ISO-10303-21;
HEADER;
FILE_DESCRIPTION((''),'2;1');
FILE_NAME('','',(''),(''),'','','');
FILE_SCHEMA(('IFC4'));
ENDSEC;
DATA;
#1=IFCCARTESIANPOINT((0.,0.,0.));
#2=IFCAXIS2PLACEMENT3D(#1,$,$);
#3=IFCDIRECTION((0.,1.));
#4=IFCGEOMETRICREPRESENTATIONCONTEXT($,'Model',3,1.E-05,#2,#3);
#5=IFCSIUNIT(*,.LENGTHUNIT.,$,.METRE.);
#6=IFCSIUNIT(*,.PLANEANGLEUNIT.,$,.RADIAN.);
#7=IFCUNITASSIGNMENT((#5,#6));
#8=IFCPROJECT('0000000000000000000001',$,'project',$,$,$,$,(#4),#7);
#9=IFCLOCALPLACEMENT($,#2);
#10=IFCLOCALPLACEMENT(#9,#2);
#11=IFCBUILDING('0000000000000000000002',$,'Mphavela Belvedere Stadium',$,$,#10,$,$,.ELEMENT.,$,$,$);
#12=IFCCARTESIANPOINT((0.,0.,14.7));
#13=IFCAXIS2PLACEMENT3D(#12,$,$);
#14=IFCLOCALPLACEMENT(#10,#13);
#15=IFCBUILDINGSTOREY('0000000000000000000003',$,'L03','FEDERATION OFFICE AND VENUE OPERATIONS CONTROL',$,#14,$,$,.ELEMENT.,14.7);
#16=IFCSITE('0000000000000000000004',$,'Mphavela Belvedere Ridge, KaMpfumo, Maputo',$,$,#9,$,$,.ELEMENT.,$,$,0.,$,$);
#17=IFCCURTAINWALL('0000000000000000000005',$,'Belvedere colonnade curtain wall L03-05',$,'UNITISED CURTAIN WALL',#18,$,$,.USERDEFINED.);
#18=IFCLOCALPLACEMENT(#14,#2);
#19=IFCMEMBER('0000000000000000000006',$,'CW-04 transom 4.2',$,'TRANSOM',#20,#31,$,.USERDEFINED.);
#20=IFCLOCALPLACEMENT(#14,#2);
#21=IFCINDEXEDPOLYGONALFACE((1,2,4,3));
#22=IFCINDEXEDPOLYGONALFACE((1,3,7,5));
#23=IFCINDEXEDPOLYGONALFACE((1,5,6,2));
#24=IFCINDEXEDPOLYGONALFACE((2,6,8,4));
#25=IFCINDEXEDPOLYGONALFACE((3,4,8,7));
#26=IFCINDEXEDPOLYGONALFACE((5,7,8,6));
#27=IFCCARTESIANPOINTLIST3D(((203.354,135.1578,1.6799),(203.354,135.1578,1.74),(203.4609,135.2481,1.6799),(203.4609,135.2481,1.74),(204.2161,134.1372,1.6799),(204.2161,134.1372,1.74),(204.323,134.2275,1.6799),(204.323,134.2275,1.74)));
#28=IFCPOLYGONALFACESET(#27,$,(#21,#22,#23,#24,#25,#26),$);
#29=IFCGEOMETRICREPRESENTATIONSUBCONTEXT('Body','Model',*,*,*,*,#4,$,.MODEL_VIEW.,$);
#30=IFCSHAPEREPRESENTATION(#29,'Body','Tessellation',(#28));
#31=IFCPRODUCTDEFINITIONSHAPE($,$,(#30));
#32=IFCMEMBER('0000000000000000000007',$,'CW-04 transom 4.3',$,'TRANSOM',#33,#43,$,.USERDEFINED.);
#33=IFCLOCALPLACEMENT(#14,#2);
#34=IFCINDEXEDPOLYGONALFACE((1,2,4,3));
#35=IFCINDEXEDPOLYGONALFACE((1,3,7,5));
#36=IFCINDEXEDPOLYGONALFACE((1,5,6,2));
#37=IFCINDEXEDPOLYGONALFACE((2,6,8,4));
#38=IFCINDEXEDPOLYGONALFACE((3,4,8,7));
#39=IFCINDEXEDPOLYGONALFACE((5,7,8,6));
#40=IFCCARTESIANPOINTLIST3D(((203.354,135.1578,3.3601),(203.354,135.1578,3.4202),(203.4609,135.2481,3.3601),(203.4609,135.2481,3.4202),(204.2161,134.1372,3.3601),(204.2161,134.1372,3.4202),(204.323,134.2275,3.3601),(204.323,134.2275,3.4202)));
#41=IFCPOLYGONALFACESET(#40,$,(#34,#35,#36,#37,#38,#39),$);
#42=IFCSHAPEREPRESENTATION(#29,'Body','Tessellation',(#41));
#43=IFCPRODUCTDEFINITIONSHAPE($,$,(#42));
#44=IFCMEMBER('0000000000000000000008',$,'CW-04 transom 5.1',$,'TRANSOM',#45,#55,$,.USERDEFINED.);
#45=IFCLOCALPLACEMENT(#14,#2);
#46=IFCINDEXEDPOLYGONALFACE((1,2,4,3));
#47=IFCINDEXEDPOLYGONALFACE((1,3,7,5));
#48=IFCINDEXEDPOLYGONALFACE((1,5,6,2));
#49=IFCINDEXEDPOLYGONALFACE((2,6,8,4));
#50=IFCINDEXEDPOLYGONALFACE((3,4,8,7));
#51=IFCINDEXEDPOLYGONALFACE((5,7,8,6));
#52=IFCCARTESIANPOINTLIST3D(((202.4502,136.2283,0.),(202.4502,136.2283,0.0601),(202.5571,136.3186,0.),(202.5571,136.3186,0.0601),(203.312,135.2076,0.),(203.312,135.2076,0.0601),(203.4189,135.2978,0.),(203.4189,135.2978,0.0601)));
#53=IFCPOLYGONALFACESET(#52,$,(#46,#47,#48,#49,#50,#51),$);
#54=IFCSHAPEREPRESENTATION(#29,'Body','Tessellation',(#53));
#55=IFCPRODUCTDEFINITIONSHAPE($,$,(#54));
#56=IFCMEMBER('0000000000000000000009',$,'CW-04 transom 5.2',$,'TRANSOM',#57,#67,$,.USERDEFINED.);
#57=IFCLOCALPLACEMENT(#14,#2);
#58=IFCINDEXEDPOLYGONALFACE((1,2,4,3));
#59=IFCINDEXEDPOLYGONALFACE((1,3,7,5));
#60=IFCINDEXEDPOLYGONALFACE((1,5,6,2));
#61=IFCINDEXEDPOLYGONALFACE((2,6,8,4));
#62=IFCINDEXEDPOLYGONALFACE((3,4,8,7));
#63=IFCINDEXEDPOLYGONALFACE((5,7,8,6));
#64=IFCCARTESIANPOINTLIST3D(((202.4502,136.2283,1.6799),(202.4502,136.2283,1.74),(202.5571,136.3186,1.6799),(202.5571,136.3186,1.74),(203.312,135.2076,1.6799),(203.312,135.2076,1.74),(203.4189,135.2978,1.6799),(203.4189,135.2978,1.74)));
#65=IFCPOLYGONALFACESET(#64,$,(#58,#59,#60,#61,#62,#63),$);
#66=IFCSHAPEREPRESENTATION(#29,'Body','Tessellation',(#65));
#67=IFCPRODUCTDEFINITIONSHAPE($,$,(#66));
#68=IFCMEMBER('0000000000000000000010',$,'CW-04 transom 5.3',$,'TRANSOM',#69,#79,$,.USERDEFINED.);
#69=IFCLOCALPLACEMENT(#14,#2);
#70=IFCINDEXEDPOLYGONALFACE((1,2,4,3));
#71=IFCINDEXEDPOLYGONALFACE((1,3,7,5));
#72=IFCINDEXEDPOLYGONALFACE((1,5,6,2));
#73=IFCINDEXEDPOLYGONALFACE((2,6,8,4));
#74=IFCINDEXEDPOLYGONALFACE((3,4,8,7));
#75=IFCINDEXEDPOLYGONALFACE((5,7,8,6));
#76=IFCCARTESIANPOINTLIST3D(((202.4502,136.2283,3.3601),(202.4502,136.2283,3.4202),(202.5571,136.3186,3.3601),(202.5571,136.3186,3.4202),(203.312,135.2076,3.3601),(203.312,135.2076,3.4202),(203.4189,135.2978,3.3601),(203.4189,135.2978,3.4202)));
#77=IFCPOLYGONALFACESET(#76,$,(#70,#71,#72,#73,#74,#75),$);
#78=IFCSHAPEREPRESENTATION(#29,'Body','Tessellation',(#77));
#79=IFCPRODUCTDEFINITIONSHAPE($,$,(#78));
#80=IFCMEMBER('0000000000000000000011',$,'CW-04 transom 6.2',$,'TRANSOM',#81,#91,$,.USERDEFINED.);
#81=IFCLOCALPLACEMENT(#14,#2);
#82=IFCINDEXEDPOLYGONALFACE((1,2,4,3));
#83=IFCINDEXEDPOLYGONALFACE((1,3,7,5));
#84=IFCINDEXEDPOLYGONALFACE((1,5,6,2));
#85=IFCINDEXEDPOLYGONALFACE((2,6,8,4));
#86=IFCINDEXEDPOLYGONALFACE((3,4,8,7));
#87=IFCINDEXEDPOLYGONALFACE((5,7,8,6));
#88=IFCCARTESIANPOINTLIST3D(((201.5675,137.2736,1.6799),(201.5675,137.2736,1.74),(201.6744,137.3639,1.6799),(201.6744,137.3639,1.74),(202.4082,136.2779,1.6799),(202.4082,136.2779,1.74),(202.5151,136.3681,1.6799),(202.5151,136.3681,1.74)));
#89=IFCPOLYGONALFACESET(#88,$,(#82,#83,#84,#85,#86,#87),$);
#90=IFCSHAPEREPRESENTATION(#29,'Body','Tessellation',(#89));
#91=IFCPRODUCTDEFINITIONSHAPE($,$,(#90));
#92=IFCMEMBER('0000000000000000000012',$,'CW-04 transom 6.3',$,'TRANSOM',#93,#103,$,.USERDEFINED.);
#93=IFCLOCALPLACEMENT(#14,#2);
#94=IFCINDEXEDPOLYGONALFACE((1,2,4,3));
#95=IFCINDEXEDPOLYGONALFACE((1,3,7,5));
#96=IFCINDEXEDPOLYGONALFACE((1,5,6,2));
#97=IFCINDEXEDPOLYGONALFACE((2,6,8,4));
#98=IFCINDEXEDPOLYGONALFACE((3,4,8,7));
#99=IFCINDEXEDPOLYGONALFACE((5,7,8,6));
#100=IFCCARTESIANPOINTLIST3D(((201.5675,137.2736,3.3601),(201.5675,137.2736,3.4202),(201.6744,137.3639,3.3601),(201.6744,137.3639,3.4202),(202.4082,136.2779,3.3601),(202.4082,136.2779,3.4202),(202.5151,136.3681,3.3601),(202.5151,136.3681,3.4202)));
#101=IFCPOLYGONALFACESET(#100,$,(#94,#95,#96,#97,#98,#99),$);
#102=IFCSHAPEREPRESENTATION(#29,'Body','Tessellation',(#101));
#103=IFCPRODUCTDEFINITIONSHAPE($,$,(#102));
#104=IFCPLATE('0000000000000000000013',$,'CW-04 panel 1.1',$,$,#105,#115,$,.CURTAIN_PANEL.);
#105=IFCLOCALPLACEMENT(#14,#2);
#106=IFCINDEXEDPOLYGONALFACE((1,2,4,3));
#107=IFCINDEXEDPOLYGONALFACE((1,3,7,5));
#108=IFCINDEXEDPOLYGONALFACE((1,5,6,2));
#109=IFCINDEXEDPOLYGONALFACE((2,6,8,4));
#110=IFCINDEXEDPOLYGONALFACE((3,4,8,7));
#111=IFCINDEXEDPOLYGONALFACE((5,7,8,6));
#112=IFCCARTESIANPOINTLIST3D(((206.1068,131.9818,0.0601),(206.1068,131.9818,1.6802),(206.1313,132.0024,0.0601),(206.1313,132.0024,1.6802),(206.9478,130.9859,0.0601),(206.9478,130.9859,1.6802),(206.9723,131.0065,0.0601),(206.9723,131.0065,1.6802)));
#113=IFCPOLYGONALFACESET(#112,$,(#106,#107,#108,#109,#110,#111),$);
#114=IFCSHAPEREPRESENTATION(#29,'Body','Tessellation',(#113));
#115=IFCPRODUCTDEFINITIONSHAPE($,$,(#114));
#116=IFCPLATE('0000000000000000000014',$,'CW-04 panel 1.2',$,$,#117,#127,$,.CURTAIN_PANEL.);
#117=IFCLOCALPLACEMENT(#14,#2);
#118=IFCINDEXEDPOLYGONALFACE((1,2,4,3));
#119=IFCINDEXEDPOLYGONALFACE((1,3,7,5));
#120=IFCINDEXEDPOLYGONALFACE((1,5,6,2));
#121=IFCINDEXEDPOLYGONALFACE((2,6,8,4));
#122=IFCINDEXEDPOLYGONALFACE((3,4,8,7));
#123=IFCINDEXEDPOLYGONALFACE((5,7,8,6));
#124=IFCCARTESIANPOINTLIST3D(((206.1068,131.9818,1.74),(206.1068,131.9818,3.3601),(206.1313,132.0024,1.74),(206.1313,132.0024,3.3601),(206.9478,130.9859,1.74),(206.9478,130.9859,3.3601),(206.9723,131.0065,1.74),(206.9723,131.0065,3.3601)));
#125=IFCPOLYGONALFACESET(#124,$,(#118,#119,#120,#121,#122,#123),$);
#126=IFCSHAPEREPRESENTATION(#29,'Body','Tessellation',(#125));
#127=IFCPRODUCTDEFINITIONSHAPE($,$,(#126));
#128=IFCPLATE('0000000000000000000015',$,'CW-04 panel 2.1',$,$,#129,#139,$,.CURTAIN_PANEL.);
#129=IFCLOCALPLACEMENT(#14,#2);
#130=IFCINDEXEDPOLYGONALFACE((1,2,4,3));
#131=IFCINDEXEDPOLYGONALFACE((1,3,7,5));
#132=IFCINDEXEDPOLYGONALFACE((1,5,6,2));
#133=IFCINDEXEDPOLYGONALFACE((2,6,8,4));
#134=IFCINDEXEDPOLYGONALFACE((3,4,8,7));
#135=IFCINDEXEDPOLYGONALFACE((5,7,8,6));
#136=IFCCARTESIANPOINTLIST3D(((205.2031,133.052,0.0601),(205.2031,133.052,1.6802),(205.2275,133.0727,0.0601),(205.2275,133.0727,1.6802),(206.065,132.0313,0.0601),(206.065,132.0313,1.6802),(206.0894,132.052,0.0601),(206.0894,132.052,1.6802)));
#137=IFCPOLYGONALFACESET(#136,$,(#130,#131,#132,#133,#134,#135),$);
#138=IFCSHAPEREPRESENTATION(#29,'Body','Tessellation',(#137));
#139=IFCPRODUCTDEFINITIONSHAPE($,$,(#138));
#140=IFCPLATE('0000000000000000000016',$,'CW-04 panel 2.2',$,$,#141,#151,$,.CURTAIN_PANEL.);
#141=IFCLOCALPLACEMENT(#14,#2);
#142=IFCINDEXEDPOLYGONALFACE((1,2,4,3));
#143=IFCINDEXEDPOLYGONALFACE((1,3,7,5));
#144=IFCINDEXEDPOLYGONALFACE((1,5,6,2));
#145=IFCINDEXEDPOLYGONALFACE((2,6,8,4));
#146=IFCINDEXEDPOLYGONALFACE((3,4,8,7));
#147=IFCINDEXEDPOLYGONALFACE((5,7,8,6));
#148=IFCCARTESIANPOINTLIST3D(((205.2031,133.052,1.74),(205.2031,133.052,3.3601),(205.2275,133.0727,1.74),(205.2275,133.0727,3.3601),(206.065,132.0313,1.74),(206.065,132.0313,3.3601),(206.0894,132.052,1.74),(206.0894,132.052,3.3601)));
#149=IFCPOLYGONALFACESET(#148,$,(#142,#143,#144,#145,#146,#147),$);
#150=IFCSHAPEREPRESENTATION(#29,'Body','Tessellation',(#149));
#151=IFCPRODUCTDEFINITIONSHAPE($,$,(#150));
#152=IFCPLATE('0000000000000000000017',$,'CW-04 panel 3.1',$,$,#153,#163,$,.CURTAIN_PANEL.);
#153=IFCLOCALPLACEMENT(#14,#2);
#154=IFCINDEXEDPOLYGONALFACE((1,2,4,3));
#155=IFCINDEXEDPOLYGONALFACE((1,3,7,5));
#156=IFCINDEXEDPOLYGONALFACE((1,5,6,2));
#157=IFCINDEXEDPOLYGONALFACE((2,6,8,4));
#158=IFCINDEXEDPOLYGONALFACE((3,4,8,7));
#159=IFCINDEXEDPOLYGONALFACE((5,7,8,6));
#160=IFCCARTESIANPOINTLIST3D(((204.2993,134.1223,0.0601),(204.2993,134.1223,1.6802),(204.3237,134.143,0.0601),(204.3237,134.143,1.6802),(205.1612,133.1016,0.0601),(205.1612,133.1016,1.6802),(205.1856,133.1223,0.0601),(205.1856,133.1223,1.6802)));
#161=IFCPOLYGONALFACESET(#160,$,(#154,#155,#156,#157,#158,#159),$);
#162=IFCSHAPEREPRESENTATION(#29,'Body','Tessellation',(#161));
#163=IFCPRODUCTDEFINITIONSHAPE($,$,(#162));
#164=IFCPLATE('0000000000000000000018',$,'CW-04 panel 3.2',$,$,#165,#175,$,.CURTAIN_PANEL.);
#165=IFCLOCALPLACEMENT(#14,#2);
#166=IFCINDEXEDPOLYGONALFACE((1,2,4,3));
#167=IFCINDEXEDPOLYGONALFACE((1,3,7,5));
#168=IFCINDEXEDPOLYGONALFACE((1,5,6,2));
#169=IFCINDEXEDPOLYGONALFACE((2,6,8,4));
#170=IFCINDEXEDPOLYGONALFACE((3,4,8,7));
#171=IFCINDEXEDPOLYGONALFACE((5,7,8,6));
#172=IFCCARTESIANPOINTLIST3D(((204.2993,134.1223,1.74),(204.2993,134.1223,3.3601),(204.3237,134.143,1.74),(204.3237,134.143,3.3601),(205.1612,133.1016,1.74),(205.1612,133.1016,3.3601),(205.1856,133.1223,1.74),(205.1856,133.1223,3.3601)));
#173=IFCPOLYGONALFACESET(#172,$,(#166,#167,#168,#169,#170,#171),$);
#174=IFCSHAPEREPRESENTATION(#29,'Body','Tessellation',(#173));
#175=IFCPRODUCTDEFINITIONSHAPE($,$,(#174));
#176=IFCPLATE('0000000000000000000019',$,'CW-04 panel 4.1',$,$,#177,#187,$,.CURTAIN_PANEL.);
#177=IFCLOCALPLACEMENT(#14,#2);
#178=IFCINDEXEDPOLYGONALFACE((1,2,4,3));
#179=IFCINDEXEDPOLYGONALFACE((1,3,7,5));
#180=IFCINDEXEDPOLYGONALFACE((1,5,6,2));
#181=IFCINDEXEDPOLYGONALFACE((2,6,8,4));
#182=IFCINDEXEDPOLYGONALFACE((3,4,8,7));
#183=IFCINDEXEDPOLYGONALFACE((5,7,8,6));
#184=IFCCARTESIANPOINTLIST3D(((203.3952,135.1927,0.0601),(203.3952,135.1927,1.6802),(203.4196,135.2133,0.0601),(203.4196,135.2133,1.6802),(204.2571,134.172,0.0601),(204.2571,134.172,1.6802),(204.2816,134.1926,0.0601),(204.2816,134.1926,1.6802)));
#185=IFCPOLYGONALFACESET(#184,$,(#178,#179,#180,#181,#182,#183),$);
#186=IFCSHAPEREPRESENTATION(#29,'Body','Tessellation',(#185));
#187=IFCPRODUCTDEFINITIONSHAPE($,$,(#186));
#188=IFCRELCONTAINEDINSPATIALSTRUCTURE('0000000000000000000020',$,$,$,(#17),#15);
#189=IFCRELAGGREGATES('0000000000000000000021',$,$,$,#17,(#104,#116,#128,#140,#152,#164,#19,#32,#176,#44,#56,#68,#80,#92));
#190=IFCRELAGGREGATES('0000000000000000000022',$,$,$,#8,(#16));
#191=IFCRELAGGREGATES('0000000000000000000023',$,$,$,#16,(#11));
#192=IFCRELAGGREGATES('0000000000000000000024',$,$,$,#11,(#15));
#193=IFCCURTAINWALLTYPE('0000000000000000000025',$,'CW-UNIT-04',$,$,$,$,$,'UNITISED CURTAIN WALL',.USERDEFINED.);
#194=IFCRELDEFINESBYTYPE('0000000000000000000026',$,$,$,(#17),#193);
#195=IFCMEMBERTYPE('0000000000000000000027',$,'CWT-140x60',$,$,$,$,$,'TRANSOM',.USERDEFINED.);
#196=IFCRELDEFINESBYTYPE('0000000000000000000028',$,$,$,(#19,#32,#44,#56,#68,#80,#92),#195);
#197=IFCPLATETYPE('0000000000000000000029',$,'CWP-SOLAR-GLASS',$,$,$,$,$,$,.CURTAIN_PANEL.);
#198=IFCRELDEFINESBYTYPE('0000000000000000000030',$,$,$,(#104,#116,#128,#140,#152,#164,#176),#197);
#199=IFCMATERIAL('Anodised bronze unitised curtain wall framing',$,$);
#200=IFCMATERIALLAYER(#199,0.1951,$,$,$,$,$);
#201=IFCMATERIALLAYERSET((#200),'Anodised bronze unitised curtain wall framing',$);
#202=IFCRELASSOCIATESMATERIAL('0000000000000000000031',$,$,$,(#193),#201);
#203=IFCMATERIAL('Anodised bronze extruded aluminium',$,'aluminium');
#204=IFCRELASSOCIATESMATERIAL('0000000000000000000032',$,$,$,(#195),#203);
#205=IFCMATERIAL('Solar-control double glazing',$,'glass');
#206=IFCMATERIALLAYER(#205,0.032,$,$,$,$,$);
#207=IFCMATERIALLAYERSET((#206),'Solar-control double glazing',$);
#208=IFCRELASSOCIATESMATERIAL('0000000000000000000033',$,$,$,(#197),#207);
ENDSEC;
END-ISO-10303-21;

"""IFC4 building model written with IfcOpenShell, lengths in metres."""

from ifc_helpers import new_model, si_unit, direction, frame, origin, origin_2d, place, context, subcontext, project, spatial, rectangle, extrude, material, layer, layer_set, material_profile, profile_set, type_object, element, aggregate, save


model = new_model("IFC4")

# Units and contexts
model_context = context("Model", 3, precision=1e-05, world=origin(), true_north=direction((0.0, 1.0)))
body_context = subcontext(model_context, "Body", "Model", "MODEL_VIEW")
ifc_project = project(units=[si_unit("LENGTHUNIT", "METRE"), si_unit("PLANEANGLEUNIT", "RADIAN")], contexts=[model_context])

# Site, building, storey
site_placement = place(None, origin())
site = spatial("IfcSite", under=ifc_project, at=site_placement, Name="Mphavela Belvedere Ridge, KaMpfumo, Maputo", CompositionType="ELEMENT", RefElevation=0.0)
building_placement = place(site_placement, origin())
building = spatial("IfcBuilding", under=site, at=building_placement, Name="Mphavela Belvedere Stadium", CompositionType="ELEMENT")
storey_placement = place(building_placement, frame((0.0, 0.0, 14.7)))
storey = spatial("IfcBuildingStorey", under=building, at=storey_placement, Name="L03", Description="FEDERATION OFFICE AND VENUE OPERATIONS CONTROL", CompositionType="ELEMENT", Elevation=14.7)

# Curtain wall, members, plates
ifc_material_1 = material(Name="Anodised bronze unitised curtain wall framing")
ifc_layer_1 = layer(ifc_material_1, 0.1951)
ifc_layer_set_1 = layer_set([ifc_layer_1], Name="Anodised bronze unitised curtain wall framing")
curtain_wall_type = type_object("IfcCurtainWallType", Name="CW-UNIT-04", ElementType="UNITISED CURTAIN WALL", PredefinedType="USERDEFINED", material=ifc_layer_set_1)
curtain_wall_placement = place(storey_placement, origin())
curtain_wall = element("IfcCurtainWall", 1, at=curtain_wall_placement, inside=storey, type_object=curtain_wall_type, Name="Belvedere colonnade curtain wall L03-05", ObjectType="UNITISED CURTAIN WALL", PredefinedType="USERDEFINED")
ifc_material_2 = material(Name="Anodised bronze extruded aluminium", Category="aluminium")
ifc_material_profile_1 = material_profile(ifc_material_2, rectangle(XDim=0.1399, YDim=0.0601, at=origin_2d()), Name="CW-TRN 140x60")
ifc_profile_set_1 = profile_set([ifc_material_profile_1], Name="Anodised bronze extruded aluminium")
member_type_1 = type_object("IfcMemberType", Name="CWT-140x60", ElementType="TRANSOM", PredefinedType="USERDEFINED", material=ifc_profile_set_1)
member_1_placement = place(storey_placement, frame((204.2695, 134.1824, 1.71), z_axis=(-0.645311, 0.76392, 0.0), x_axis=(-0.76392, -0.645311, 0.0)))
member_1 = element("IfcMember", 2, at=member_1_placement, type_object=member_type_1, Name="CW-04 transom 4.2", ObjectType="TRANSOM", PredefinedType="USERDEFINED", context=body_context, shape_type="SweptSolid", body=[
    extrude(rectangle(XDim=0.1399, YDim=0.0601, at=origin_2d()), origin(), (0.0, 0.0, 1.0), 1.3359),
])
member_2_placement = place(storey_placement, frame((204.2695, 134.1824, 3.3901), z_axis=(-0.645311, 0.76392, 0.0), x_axis=(-0.76392, -0.645311, 0.0)))
member_2 = element("IfcMember", 3, at=member_2_placement, type_object=member_type_1, Name="CW-04 transom 4.3", ObjectType="TRANSOM", PredefinedType="USERDEFINED", context=body_context, shape_type="SweptSolid", body=[
    extrude(rectangle(XDim=0.1399, YDim=0.0601, at=origin_2d()), origin(), (0.0, 0.0, 1.0), 1.3359),
])
member_3_placement = place(storey_placement, frame((203.3655, 135.2527, 0.03), z_axis=(-0.645114, 0.764086, 0.0), x_axis=(-0.764086, -0.645114, 0.0)))
member_3 = element("IfcMember", 4, at=member_3_placement, type_object=member_type_1, Name="CW-04 transom 5.1", ObjectType="TRANSOM", PredefinedType="USERDEFINED", context=body_context, shape_type="SweptSolid", body=[
    extrude(rectangle(XDim=0.1399, YDim=0.0601, at=origin_2d()), origin(), (0.0, 0.0, 1.0), 1.3359),
])
member_4_placement = place(storey_placement, frame((203.3655, 135.2527, 1.71), z_axis=(-0.645114, 0.764086, 0.0), x_axis=(-0.764086, -0.645114, 0.0)))
member_4 = element("IfcMember", 5, at=member_4_placement, type_object=member_type_1, Name="CW-04 transom 5.2", ObjectType="TRANSOM", PredefinedType="USERDEFINED", context=body_context, shape_type="SweptSolid", body=[
    extrude(rectangle(XDim=0.1399, YDim=0.0601, at=origin_2d()), origin(), (0.0, 0.0, 1.0), 1.3359),
])
member_5_placement = place(storey_placement, frame((203.3655, 135.2527, 3.3901), z_axis=(-0.645114, 0.764086, 0.0), x_axis=(-0.764086, -0.645114, 0.0)))
member_5 = element("IfcMember", 6, at=member_5_placement, type_object=member_type_1, Name="CW-04 transom 5.3", ObjectType="TRANSOM", PredefinedType="USERDEFINED", context=body_context, shape_type="SweptSolid", body=[
    extrude(rectangle(XDim=0.1399, YDim=0.0601, at=origin_2d()), origin(), (0.0, 0.0, 1.0), 1.3359),
])
member_6_placement = place(storey_placement, frame((202.4617, 136.323, 1.71), z_axis=(-0.645127, 0.764075, 0.0), x_axis=(-0.764075, -0.645127, 0.0)))
member_6 = element("IfcMember", 7, at=member_6_placement, type_object=member_type_1, Name="CW-04 transom 6.2", ObjectType="TRANSOM", PredefinedType="USERDEFINED", context=body_context, shape_type="SweptSolid", body=[
    extrude(rectangle(XDim=0.1399, YDim=0.0601, at=origin_2d()), origin(), (0.0, 0.0, 1.0), 1.3032),
])
member_7_placement = place(storey_placement, frame((202.4617, 136.323, 3.3901), z_axis=(-0.645127, 0.764075, 0.0), x_axis=(-0.764075, -0.645127, 0.0)))
member_7 = element("IfcMember", 8, at=member_7_placement, type_object=member_type_1, Name="CW-04 transom 6.3", ObjectType="TRANSOM", PredefinedType="USERDEFINED", context=body_context, shape_type="SweptSolid", body=[
    extrude(rectangle(XDim=0.1399, YDim=0.0601, at=origin_2d()), origin(), (0.0, 0.0, 1.0), 1.3032),
])
ifc_material_3 = material(Name="Solar-control double glazing", Category="glass")
ifc_layer_2 = layer(ifc_material_3, 0.032)
ifc_layer_set_2 = layer_set([ifc_layer_2], Name="Solar-control double glazing")
plate_type = type_object("IfcPlateType", Name="CWP-SOLAR-GLASS", PredefinedType="CURTAIN_PANEL", material=ifc_layer_set_2)
plate_1_placement = place(storey_placement, frame((206.5396, 131.4941, 0.0601), z_axis=(0.0, 0.0, 1.0), x_axis=(-0.645179, 0.764031, 0.0)))
plate_1 = element("IfcPlate", 9, at=plate_1_placement, type_object=plate_type, Name="CW-04 panel 1.1", PredefinedType="CURTAIN_PANEL", context=body_context, shape_type="SweptSolid", body=[
    extrude(rectangle(XDim=1.3035, YDim=0.032, at=origin_2d()), origin(), (0.0, 0.0, 1.0), 1.6201),
])
plate_2_placement = place(storey_placement, frame((206.5396, 131.4941, 1.74), z_axis=(0.0, 0.0, 1.0), x_axis=(-0.645179, 0.764031, 0.0)))
plate_2 = element("IfcPlate", 10, at=plate_2_placement, type_object=plate_type, Name="CW-04 panel 1.2", PredefinedType="CURTAIN_PANEL", context=body_context, shape_type="SweptSolid", body=[
    extrude(rectangle(XDim=1.3035, YDim=0.032, at=origin_2d()), origin(), (0.0, 0.0, 1.0), 1.6201),
])
plate_3_placement = place(storey_placement, frame((205.6462, 132.552, 0.0601), z_axis=(0.0, 0.0, 1.0), x_axis=(-0.645179, 0.764031, 0.0)))
plate_3 = element("IfcPlate", 11, at=plate_3_placement, type_object=plate_type, Name="CW-04 panel 2.1", PredefinedType="CURTAIN_PANEL", context=body_context, shape_type="SweptSolid", body=[
    extrude(rectangle(XDim=1.3359, YDim=0.032, at=origin_2d()), origin(), (0.0, 0.0, 1.0), 1.6201),
])
plate_4_placement = place(storey_placement, frame((205.6462, 132.552, 1.74), z_axis=(0.0, 0.0, 1.0), x_axis=(-0.645179, 0.764031, 0.0)))
plate_4 = element("IfcPlate", 12, at=plate_4_placement, type_object=plate_type, Name="CW-04 panel 2.2", PredefinedType="CURTAIN_PANEL", context=body_context, shape_type="SweptSolid", body=[
    extrude(rectangle(XDim=1.3359, YDim=0.032, at=origin_2d()), origin(), (0.0, 0.0, 1.0), 1.6201),
])
plate_5_placement = place(storey_placement, frame((204.7424, 133.6223, 0.0601), z_axis=(0.0, 0.0, 1.0), x_axis=(-0.645179, 0.764031, 0.0)))
plate_5 = element("IfcPlate", 13, at=plate_5_placement, type_object=plate_type, Name="CW-04 panel 3.1", PredefinedType="CURTAIN_PANEL", context=body_context, shape_type="SweptSolid", body=[
    extrude(rectangle(XDim=1.3359, YDim=0.032, at=origin_2d()), origin(), (0.0, 0.0, 1.0), 1.6201),
])
plate_6_placement = place(storey_placement, frame((204.7424, 133.6223, 1.74), z_axis=(0.0, 0.0, 1.0), x_axis=(-0.645179, 0.764031, 0.0)))
plate_6 = element("IfcPlate", 14, at=plate_6_placement, type_object=plate_type, Name="CW-04 panel 3.2", PredefinedType="CURTAIN_PANEL", context=body_context, shape_type="SweptSolid", body=[
    extrude(rectangle(XDim=1.3359, YDim=0.032, at=origin_2d()), origin(), (0.0, 0.0, 1.0), 1.6201),
])
plate_7_placement = place(storey_placement, frame((203.8384, 134.6926, 0.0601), z_axis=(0.0, 0.0, 1.0), x_axis=(-0.645179, 0.764031, 0.0)))
plate_7 = element("IfcPlate", 15, at=plate_7_placement, type_object=plate_type, Name="CW-04 panel 4.1", PredefinedType="CURTAIN_PANEL", context=body_context, shape_type="SweptSolid", body=[
    extrude(rectangle(XDim=1.3359, YDim=0.032, at=origin_2d()), origin(), (0.0, 0.0, 1.0), 1.6201),
])
aggregate(curtain_wall, [plate_1, plate_2, plate_3, plate_4, plate_5, plate_6, member_1, member_2, plate_7, member_3, member_4, member_5, member_6, member_7])

save(model, "model.ifc")
